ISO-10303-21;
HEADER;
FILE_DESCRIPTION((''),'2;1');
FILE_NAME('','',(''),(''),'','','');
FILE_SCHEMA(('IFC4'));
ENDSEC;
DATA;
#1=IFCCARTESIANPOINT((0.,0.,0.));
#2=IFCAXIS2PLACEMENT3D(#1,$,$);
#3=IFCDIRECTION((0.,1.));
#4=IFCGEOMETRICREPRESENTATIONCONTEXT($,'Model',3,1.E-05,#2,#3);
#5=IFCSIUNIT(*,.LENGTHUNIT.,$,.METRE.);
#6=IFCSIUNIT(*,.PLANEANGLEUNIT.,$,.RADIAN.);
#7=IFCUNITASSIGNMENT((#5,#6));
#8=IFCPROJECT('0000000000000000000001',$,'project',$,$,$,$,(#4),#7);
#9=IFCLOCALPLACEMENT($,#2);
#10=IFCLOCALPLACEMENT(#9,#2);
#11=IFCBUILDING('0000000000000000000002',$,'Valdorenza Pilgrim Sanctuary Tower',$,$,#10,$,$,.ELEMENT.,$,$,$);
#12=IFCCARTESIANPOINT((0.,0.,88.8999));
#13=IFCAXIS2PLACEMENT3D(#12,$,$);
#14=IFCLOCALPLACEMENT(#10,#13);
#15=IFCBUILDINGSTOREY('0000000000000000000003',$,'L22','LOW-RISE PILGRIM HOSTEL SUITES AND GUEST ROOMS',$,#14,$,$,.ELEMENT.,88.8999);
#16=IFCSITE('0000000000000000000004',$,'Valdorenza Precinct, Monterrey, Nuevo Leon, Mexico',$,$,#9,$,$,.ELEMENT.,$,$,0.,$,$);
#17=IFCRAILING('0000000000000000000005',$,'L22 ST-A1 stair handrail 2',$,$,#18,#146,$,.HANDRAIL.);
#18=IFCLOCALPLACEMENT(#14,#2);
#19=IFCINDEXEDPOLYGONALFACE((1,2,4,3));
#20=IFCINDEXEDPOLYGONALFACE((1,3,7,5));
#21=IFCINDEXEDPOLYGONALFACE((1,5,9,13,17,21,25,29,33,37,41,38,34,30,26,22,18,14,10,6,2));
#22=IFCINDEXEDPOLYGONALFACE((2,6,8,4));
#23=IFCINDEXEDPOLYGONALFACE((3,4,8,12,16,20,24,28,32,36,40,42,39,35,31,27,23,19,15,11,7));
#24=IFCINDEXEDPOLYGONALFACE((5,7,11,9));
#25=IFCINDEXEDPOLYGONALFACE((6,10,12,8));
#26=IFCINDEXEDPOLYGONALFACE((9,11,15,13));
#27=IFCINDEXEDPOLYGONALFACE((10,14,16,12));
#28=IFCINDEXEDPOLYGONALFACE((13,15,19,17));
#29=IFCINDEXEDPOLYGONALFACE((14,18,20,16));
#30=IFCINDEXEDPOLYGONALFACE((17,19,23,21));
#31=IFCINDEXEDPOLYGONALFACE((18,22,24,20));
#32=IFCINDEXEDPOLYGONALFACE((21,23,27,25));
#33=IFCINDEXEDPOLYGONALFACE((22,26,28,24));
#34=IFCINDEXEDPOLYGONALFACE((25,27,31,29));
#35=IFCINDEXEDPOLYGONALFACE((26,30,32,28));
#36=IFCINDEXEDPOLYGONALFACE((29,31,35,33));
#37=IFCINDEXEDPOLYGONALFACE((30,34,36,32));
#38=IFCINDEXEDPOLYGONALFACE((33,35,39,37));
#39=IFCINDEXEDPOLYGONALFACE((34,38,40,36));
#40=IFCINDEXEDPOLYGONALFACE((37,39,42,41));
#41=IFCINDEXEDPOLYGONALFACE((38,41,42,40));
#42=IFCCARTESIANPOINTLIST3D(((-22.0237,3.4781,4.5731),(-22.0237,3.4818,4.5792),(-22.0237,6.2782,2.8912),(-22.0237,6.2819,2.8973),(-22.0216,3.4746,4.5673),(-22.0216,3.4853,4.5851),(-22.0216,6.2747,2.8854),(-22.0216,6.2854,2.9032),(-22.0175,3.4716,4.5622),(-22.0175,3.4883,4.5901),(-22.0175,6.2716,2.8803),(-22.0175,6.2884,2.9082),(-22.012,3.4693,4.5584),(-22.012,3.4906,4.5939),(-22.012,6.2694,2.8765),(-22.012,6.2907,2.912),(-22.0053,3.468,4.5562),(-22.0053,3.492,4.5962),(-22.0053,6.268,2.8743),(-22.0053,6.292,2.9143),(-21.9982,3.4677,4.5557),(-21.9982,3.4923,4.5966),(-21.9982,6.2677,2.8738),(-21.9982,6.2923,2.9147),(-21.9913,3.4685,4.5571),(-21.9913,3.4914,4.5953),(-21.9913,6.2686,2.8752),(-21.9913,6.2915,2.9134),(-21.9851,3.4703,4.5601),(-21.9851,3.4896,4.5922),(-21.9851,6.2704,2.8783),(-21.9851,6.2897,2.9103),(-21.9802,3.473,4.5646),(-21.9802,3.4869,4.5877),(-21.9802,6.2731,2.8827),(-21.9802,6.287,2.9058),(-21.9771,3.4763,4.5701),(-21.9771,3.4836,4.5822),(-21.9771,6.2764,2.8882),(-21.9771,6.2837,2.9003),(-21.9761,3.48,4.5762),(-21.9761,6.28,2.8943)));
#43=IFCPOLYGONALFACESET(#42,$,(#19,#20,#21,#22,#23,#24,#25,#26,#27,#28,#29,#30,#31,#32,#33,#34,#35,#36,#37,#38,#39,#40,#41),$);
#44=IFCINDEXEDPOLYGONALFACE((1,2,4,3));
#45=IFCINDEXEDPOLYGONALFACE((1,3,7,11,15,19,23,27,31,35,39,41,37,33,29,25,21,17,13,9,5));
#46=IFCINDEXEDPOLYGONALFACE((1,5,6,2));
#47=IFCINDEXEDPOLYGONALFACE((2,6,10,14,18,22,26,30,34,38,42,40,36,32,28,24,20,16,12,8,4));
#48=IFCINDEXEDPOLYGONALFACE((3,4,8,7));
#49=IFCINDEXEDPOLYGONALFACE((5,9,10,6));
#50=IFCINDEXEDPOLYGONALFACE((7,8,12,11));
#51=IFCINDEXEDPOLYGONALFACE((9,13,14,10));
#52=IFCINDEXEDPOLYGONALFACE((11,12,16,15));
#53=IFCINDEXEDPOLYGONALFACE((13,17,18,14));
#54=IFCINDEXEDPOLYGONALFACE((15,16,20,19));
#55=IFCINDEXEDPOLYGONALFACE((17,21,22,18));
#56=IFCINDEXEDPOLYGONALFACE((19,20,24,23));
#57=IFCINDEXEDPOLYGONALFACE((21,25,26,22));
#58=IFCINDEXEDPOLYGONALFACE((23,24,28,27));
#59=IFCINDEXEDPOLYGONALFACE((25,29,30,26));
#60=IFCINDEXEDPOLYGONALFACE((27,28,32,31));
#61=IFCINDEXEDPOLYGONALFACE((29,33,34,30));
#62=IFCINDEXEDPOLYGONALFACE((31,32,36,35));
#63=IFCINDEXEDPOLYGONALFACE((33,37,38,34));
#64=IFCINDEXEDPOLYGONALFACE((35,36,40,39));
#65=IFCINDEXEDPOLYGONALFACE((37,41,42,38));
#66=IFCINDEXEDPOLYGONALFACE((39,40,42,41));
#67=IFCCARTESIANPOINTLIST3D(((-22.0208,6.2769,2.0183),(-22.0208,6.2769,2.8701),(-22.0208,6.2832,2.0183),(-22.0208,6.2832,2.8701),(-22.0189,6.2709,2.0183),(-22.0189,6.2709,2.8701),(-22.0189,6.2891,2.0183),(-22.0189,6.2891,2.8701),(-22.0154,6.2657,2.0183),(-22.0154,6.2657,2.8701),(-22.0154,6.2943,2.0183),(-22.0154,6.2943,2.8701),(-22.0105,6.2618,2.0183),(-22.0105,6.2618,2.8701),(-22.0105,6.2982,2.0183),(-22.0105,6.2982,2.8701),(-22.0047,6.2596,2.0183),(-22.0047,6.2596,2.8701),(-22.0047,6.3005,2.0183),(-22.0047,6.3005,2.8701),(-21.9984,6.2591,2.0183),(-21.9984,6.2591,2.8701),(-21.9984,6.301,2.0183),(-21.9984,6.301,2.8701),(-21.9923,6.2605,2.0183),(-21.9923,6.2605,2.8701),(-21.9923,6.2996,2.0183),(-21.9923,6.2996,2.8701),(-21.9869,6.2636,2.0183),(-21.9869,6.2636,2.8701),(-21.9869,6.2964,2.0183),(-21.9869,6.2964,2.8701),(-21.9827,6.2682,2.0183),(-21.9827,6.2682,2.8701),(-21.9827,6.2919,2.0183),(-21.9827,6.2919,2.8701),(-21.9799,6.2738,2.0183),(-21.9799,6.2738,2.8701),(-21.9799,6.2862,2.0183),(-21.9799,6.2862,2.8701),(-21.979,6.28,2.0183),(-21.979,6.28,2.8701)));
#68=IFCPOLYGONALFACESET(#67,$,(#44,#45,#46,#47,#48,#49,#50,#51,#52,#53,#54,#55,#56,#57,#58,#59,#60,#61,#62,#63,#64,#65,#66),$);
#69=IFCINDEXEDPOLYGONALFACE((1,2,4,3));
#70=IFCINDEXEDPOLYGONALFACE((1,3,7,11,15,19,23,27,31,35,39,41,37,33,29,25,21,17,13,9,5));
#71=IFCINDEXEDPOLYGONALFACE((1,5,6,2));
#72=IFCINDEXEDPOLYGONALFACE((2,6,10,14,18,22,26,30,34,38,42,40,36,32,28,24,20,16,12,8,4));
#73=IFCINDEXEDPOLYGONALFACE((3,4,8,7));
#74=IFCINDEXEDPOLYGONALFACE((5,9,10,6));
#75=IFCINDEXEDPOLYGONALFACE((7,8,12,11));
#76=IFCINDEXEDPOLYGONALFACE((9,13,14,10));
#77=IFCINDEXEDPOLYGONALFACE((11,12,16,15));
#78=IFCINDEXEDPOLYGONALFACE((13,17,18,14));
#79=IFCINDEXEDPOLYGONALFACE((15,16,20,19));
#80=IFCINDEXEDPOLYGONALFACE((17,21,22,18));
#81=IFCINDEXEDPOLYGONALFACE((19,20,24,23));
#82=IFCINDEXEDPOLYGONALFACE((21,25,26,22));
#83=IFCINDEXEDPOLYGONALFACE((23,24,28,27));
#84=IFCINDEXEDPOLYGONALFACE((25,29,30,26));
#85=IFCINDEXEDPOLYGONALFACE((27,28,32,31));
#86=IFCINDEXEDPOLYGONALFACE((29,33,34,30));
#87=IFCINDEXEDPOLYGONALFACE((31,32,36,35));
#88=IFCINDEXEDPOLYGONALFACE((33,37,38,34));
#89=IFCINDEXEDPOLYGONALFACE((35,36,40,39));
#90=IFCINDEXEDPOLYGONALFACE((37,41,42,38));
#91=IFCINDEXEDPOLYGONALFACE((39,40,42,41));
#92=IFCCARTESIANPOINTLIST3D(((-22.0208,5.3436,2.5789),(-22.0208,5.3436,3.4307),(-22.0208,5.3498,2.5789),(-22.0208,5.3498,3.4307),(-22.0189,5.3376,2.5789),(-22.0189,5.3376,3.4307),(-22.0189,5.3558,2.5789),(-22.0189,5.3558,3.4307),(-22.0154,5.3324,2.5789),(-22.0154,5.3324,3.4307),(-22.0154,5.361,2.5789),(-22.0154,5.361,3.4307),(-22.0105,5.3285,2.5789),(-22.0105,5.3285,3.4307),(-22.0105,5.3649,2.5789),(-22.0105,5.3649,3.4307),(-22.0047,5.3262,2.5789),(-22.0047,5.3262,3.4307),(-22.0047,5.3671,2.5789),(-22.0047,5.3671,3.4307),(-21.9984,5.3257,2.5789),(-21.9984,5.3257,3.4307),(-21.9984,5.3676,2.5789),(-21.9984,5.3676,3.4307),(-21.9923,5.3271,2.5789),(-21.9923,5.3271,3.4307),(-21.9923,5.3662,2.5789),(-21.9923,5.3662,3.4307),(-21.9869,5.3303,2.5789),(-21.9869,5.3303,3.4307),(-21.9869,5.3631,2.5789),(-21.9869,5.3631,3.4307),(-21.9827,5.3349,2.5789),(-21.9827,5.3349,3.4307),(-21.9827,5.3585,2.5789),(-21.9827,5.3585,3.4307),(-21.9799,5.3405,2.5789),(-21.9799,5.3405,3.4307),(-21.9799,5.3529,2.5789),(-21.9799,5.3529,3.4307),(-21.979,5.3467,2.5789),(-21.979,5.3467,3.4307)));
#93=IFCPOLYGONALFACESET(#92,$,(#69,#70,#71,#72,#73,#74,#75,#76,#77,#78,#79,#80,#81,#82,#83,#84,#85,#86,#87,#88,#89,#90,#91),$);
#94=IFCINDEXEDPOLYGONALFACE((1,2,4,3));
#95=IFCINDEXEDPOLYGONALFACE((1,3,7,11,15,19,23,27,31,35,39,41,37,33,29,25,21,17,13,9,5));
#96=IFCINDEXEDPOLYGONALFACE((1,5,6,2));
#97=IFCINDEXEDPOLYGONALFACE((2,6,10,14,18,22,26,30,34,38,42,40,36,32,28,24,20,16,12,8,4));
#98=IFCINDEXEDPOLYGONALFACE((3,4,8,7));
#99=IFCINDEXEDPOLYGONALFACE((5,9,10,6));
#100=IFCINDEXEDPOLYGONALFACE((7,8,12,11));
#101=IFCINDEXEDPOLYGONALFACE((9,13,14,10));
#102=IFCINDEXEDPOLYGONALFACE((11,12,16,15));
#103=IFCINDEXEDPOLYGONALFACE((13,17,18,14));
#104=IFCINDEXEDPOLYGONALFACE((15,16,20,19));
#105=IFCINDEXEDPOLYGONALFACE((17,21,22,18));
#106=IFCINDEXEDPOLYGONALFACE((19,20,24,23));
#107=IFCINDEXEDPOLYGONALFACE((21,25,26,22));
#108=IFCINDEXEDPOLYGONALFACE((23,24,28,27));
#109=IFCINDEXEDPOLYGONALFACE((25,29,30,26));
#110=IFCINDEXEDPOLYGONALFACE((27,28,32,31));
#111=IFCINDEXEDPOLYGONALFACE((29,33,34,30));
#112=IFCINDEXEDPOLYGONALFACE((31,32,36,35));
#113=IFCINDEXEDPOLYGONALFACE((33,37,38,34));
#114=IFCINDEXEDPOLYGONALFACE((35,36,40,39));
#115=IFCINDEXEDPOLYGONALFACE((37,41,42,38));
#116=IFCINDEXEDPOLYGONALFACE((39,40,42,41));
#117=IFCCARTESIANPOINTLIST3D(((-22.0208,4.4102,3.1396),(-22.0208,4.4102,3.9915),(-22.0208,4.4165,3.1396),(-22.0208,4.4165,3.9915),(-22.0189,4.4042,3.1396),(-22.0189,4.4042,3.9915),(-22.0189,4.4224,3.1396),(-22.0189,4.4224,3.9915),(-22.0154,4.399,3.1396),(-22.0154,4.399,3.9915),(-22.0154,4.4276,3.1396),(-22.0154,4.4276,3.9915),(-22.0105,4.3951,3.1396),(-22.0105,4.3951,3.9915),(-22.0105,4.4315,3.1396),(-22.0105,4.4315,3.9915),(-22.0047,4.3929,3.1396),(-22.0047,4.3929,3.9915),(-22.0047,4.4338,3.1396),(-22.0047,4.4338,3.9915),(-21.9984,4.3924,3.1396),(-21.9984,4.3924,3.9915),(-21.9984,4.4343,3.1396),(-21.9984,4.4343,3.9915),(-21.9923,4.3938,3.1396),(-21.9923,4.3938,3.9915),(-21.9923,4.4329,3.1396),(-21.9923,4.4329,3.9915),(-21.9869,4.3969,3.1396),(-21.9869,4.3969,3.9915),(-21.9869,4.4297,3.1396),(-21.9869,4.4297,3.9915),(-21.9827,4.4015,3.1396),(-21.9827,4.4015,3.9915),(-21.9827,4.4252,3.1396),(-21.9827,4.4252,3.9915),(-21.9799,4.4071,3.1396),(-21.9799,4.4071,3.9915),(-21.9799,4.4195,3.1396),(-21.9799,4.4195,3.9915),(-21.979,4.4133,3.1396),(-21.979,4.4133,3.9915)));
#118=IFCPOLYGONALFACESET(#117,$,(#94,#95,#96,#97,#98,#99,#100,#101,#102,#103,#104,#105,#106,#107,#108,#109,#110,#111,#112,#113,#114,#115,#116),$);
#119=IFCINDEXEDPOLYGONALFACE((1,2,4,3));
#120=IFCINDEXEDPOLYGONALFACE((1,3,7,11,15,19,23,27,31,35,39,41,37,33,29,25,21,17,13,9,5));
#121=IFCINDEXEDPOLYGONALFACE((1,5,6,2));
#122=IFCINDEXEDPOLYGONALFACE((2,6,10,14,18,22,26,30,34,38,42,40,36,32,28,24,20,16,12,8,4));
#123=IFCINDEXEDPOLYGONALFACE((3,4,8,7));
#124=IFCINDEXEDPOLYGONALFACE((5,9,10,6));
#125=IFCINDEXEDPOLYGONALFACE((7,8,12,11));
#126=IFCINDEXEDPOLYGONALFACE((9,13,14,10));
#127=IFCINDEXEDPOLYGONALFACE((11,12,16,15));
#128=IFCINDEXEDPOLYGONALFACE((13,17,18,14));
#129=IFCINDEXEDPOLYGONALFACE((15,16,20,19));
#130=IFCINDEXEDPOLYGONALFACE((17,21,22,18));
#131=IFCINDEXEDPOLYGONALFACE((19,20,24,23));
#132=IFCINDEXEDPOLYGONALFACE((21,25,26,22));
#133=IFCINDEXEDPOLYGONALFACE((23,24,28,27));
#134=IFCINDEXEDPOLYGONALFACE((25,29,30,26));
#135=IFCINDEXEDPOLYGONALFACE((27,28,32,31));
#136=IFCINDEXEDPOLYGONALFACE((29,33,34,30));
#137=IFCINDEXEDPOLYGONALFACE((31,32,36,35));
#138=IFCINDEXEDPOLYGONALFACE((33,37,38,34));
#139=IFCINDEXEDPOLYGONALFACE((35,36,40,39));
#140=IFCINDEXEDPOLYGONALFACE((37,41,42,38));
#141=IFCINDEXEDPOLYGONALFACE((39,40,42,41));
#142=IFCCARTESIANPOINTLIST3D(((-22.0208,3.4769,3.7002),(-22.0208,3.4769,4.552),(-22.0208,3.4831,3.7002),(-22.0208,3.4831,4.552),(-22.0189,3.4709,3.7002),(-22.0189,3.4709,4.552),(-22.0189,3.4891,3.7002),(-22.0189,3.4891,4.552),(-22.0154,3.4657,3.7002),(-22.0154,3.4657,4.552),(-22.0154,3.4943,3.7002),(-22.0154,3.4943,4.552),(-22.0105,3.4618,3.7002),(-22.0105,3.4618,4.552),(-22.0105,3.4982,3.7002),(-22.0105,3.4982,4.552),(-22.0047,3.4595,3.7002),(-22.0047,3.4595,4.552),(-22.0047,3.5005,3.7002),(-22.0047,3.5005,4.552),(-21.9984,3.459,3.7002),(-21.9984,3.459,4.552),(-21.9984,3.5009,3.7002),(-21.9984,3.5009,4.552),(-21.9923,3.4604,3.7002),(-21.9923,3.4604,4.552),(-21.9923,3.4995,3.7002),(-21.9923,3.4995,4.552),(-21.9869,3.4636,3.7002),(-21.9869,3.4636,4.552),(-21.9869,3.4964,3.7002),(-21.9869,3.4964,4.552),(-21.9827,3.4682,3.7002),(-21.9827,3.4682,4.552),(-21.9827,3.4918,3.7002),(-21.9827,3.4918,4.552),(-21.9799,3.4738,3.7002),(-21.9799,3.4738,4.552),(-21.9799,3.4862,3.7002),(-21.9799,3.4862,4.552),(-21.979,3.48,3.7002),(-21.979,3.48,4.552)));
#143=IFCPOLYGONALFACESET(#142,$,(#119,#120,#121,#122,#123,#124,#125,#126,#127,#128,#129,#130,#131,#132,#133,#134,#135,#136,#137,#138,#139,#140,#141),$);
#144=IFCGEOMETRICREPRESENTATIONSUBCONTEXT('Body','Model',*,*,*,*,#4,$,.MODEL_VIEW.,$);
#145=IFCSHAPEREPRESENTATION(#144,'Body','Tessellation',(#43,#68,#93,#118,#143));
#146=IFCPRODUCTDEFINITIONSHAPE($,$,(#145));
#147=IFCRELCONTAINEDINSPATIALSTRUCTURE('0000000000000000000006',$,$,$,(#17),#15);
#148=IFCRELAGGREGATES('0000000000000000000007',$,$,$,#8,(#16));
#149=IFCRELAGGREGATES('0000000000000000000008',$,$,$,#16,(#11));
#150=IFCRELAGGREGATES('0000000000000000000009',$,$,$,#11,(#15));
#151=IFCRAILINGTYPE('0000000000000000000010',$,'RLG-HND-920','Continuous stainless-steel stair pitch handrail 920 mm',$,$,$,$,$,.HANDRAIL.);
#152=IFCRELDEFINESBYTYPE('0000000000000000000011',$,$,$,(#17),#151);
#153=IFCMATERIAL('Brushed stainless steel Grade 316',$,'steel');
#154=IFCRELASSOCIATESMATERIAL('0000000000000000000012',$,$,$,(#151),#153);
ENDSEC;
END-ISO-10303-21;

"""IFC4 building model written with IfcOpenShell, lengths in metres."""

from ifc_helpers import new_model, si_unit, direction, frame, origin, origin_2d, place, context, subcontext, project, spatial, circle, extrude, material, type_object, element, save


model = new_model("IFC4")

# Units and contexts
model_context = context("Model", 3, precision=1e-05, world=origin(), true_north=direction((0.0, 1.0)))
body_context = subcontext(model_context, "Body", "Model", "MODEL_VIEW")
ifc_project = project(units=[si_unit("LENGTHUNIT", "METRE"), si_unit("PLANEANGLEUNIT", "RADIAN")], contexts=[model_context])

# Site, building, storey
site_placement = place(None, origin())
site = spatial("IfcSite", under=ifc_project, at=site_placement, Name="Valdorenza Precinct, Monterrey, Nuevo Leon, Mexico", CompositionType="ELEMENT", RefElevation=0.0)
building_placement = place(site_placement, origin())
building = spatial("IfcBuilding", under=site, at=building_placement, Name="Valdorenza Pilgrim Sanctuary Tower", CompositionType="ELEMENT")
storey_placement = place(building_placement, frame((0.0, 0.0, 88.8999)))
storey = spatial("IfcBuildingStorey", under=building, at=storey_placement, Name="L22", Description="LOW-RISE PILGRIM HOSTEL SUITES AND GUEST ROOMS", CompositionType="ELEMENT", Elevation=88.8999)

# Shared definitions
ifc_material_1 = material(Name="Brushed stainless steel Grade 316", Category="steel")

# Railing
railing_type_1 = type_object("IfcRailingType", Name="RLG-HND-920", Description="Continuous stainless-steel stair pitch handrail 920 mm", PredefinedType="HANDRAIL", material=ifc_material_1)
railing_1_placement = place(storey_placement, frame((-22.0, 6.28, 2.0183)))
element("IfcRailing", 1, at=railing_1_placement, inside=storey, type_object=railing_type_1, Name="L22 ST-A1 stair handrail 2", PredefinedType="HANDRAIL", context=body_context, shape_type="SweptSolid", body=[
    extrude(circle(Radius=0.0239, at=origin_2d()), frame((0.0, 0.0, 0.876), z_axis=(0.0, -0.857242, 0.514913), x_axis=(1.0, 0.0, 0.0)), (0.0, 0.0, 1.0), 3.2664),
    extrude(circle(Radius=0.021, at=origin_2d()), origin(), (0.0, 0.0, 1.0), 0.8518),
    extrude(circle(Radius=0.021, at=origin_2d()), frame((0.0, -0.9333, 0.5605)), (0.0, 0.0, 1.0), 0.8518),
    extrude(circle(Radius=0.021, at=origin_2d()), frame((0.0, -1.8667, 1.1213)), (0.0, 0.0, 1.0), 0.8518),
    extrude(circle(Radius=0.021, at=origin_2d()), frame((0.0, -2.8, 1.6819)), (0.0, 0.0, 1.0), 0.8518),
])

save(model, "model.ifc")
